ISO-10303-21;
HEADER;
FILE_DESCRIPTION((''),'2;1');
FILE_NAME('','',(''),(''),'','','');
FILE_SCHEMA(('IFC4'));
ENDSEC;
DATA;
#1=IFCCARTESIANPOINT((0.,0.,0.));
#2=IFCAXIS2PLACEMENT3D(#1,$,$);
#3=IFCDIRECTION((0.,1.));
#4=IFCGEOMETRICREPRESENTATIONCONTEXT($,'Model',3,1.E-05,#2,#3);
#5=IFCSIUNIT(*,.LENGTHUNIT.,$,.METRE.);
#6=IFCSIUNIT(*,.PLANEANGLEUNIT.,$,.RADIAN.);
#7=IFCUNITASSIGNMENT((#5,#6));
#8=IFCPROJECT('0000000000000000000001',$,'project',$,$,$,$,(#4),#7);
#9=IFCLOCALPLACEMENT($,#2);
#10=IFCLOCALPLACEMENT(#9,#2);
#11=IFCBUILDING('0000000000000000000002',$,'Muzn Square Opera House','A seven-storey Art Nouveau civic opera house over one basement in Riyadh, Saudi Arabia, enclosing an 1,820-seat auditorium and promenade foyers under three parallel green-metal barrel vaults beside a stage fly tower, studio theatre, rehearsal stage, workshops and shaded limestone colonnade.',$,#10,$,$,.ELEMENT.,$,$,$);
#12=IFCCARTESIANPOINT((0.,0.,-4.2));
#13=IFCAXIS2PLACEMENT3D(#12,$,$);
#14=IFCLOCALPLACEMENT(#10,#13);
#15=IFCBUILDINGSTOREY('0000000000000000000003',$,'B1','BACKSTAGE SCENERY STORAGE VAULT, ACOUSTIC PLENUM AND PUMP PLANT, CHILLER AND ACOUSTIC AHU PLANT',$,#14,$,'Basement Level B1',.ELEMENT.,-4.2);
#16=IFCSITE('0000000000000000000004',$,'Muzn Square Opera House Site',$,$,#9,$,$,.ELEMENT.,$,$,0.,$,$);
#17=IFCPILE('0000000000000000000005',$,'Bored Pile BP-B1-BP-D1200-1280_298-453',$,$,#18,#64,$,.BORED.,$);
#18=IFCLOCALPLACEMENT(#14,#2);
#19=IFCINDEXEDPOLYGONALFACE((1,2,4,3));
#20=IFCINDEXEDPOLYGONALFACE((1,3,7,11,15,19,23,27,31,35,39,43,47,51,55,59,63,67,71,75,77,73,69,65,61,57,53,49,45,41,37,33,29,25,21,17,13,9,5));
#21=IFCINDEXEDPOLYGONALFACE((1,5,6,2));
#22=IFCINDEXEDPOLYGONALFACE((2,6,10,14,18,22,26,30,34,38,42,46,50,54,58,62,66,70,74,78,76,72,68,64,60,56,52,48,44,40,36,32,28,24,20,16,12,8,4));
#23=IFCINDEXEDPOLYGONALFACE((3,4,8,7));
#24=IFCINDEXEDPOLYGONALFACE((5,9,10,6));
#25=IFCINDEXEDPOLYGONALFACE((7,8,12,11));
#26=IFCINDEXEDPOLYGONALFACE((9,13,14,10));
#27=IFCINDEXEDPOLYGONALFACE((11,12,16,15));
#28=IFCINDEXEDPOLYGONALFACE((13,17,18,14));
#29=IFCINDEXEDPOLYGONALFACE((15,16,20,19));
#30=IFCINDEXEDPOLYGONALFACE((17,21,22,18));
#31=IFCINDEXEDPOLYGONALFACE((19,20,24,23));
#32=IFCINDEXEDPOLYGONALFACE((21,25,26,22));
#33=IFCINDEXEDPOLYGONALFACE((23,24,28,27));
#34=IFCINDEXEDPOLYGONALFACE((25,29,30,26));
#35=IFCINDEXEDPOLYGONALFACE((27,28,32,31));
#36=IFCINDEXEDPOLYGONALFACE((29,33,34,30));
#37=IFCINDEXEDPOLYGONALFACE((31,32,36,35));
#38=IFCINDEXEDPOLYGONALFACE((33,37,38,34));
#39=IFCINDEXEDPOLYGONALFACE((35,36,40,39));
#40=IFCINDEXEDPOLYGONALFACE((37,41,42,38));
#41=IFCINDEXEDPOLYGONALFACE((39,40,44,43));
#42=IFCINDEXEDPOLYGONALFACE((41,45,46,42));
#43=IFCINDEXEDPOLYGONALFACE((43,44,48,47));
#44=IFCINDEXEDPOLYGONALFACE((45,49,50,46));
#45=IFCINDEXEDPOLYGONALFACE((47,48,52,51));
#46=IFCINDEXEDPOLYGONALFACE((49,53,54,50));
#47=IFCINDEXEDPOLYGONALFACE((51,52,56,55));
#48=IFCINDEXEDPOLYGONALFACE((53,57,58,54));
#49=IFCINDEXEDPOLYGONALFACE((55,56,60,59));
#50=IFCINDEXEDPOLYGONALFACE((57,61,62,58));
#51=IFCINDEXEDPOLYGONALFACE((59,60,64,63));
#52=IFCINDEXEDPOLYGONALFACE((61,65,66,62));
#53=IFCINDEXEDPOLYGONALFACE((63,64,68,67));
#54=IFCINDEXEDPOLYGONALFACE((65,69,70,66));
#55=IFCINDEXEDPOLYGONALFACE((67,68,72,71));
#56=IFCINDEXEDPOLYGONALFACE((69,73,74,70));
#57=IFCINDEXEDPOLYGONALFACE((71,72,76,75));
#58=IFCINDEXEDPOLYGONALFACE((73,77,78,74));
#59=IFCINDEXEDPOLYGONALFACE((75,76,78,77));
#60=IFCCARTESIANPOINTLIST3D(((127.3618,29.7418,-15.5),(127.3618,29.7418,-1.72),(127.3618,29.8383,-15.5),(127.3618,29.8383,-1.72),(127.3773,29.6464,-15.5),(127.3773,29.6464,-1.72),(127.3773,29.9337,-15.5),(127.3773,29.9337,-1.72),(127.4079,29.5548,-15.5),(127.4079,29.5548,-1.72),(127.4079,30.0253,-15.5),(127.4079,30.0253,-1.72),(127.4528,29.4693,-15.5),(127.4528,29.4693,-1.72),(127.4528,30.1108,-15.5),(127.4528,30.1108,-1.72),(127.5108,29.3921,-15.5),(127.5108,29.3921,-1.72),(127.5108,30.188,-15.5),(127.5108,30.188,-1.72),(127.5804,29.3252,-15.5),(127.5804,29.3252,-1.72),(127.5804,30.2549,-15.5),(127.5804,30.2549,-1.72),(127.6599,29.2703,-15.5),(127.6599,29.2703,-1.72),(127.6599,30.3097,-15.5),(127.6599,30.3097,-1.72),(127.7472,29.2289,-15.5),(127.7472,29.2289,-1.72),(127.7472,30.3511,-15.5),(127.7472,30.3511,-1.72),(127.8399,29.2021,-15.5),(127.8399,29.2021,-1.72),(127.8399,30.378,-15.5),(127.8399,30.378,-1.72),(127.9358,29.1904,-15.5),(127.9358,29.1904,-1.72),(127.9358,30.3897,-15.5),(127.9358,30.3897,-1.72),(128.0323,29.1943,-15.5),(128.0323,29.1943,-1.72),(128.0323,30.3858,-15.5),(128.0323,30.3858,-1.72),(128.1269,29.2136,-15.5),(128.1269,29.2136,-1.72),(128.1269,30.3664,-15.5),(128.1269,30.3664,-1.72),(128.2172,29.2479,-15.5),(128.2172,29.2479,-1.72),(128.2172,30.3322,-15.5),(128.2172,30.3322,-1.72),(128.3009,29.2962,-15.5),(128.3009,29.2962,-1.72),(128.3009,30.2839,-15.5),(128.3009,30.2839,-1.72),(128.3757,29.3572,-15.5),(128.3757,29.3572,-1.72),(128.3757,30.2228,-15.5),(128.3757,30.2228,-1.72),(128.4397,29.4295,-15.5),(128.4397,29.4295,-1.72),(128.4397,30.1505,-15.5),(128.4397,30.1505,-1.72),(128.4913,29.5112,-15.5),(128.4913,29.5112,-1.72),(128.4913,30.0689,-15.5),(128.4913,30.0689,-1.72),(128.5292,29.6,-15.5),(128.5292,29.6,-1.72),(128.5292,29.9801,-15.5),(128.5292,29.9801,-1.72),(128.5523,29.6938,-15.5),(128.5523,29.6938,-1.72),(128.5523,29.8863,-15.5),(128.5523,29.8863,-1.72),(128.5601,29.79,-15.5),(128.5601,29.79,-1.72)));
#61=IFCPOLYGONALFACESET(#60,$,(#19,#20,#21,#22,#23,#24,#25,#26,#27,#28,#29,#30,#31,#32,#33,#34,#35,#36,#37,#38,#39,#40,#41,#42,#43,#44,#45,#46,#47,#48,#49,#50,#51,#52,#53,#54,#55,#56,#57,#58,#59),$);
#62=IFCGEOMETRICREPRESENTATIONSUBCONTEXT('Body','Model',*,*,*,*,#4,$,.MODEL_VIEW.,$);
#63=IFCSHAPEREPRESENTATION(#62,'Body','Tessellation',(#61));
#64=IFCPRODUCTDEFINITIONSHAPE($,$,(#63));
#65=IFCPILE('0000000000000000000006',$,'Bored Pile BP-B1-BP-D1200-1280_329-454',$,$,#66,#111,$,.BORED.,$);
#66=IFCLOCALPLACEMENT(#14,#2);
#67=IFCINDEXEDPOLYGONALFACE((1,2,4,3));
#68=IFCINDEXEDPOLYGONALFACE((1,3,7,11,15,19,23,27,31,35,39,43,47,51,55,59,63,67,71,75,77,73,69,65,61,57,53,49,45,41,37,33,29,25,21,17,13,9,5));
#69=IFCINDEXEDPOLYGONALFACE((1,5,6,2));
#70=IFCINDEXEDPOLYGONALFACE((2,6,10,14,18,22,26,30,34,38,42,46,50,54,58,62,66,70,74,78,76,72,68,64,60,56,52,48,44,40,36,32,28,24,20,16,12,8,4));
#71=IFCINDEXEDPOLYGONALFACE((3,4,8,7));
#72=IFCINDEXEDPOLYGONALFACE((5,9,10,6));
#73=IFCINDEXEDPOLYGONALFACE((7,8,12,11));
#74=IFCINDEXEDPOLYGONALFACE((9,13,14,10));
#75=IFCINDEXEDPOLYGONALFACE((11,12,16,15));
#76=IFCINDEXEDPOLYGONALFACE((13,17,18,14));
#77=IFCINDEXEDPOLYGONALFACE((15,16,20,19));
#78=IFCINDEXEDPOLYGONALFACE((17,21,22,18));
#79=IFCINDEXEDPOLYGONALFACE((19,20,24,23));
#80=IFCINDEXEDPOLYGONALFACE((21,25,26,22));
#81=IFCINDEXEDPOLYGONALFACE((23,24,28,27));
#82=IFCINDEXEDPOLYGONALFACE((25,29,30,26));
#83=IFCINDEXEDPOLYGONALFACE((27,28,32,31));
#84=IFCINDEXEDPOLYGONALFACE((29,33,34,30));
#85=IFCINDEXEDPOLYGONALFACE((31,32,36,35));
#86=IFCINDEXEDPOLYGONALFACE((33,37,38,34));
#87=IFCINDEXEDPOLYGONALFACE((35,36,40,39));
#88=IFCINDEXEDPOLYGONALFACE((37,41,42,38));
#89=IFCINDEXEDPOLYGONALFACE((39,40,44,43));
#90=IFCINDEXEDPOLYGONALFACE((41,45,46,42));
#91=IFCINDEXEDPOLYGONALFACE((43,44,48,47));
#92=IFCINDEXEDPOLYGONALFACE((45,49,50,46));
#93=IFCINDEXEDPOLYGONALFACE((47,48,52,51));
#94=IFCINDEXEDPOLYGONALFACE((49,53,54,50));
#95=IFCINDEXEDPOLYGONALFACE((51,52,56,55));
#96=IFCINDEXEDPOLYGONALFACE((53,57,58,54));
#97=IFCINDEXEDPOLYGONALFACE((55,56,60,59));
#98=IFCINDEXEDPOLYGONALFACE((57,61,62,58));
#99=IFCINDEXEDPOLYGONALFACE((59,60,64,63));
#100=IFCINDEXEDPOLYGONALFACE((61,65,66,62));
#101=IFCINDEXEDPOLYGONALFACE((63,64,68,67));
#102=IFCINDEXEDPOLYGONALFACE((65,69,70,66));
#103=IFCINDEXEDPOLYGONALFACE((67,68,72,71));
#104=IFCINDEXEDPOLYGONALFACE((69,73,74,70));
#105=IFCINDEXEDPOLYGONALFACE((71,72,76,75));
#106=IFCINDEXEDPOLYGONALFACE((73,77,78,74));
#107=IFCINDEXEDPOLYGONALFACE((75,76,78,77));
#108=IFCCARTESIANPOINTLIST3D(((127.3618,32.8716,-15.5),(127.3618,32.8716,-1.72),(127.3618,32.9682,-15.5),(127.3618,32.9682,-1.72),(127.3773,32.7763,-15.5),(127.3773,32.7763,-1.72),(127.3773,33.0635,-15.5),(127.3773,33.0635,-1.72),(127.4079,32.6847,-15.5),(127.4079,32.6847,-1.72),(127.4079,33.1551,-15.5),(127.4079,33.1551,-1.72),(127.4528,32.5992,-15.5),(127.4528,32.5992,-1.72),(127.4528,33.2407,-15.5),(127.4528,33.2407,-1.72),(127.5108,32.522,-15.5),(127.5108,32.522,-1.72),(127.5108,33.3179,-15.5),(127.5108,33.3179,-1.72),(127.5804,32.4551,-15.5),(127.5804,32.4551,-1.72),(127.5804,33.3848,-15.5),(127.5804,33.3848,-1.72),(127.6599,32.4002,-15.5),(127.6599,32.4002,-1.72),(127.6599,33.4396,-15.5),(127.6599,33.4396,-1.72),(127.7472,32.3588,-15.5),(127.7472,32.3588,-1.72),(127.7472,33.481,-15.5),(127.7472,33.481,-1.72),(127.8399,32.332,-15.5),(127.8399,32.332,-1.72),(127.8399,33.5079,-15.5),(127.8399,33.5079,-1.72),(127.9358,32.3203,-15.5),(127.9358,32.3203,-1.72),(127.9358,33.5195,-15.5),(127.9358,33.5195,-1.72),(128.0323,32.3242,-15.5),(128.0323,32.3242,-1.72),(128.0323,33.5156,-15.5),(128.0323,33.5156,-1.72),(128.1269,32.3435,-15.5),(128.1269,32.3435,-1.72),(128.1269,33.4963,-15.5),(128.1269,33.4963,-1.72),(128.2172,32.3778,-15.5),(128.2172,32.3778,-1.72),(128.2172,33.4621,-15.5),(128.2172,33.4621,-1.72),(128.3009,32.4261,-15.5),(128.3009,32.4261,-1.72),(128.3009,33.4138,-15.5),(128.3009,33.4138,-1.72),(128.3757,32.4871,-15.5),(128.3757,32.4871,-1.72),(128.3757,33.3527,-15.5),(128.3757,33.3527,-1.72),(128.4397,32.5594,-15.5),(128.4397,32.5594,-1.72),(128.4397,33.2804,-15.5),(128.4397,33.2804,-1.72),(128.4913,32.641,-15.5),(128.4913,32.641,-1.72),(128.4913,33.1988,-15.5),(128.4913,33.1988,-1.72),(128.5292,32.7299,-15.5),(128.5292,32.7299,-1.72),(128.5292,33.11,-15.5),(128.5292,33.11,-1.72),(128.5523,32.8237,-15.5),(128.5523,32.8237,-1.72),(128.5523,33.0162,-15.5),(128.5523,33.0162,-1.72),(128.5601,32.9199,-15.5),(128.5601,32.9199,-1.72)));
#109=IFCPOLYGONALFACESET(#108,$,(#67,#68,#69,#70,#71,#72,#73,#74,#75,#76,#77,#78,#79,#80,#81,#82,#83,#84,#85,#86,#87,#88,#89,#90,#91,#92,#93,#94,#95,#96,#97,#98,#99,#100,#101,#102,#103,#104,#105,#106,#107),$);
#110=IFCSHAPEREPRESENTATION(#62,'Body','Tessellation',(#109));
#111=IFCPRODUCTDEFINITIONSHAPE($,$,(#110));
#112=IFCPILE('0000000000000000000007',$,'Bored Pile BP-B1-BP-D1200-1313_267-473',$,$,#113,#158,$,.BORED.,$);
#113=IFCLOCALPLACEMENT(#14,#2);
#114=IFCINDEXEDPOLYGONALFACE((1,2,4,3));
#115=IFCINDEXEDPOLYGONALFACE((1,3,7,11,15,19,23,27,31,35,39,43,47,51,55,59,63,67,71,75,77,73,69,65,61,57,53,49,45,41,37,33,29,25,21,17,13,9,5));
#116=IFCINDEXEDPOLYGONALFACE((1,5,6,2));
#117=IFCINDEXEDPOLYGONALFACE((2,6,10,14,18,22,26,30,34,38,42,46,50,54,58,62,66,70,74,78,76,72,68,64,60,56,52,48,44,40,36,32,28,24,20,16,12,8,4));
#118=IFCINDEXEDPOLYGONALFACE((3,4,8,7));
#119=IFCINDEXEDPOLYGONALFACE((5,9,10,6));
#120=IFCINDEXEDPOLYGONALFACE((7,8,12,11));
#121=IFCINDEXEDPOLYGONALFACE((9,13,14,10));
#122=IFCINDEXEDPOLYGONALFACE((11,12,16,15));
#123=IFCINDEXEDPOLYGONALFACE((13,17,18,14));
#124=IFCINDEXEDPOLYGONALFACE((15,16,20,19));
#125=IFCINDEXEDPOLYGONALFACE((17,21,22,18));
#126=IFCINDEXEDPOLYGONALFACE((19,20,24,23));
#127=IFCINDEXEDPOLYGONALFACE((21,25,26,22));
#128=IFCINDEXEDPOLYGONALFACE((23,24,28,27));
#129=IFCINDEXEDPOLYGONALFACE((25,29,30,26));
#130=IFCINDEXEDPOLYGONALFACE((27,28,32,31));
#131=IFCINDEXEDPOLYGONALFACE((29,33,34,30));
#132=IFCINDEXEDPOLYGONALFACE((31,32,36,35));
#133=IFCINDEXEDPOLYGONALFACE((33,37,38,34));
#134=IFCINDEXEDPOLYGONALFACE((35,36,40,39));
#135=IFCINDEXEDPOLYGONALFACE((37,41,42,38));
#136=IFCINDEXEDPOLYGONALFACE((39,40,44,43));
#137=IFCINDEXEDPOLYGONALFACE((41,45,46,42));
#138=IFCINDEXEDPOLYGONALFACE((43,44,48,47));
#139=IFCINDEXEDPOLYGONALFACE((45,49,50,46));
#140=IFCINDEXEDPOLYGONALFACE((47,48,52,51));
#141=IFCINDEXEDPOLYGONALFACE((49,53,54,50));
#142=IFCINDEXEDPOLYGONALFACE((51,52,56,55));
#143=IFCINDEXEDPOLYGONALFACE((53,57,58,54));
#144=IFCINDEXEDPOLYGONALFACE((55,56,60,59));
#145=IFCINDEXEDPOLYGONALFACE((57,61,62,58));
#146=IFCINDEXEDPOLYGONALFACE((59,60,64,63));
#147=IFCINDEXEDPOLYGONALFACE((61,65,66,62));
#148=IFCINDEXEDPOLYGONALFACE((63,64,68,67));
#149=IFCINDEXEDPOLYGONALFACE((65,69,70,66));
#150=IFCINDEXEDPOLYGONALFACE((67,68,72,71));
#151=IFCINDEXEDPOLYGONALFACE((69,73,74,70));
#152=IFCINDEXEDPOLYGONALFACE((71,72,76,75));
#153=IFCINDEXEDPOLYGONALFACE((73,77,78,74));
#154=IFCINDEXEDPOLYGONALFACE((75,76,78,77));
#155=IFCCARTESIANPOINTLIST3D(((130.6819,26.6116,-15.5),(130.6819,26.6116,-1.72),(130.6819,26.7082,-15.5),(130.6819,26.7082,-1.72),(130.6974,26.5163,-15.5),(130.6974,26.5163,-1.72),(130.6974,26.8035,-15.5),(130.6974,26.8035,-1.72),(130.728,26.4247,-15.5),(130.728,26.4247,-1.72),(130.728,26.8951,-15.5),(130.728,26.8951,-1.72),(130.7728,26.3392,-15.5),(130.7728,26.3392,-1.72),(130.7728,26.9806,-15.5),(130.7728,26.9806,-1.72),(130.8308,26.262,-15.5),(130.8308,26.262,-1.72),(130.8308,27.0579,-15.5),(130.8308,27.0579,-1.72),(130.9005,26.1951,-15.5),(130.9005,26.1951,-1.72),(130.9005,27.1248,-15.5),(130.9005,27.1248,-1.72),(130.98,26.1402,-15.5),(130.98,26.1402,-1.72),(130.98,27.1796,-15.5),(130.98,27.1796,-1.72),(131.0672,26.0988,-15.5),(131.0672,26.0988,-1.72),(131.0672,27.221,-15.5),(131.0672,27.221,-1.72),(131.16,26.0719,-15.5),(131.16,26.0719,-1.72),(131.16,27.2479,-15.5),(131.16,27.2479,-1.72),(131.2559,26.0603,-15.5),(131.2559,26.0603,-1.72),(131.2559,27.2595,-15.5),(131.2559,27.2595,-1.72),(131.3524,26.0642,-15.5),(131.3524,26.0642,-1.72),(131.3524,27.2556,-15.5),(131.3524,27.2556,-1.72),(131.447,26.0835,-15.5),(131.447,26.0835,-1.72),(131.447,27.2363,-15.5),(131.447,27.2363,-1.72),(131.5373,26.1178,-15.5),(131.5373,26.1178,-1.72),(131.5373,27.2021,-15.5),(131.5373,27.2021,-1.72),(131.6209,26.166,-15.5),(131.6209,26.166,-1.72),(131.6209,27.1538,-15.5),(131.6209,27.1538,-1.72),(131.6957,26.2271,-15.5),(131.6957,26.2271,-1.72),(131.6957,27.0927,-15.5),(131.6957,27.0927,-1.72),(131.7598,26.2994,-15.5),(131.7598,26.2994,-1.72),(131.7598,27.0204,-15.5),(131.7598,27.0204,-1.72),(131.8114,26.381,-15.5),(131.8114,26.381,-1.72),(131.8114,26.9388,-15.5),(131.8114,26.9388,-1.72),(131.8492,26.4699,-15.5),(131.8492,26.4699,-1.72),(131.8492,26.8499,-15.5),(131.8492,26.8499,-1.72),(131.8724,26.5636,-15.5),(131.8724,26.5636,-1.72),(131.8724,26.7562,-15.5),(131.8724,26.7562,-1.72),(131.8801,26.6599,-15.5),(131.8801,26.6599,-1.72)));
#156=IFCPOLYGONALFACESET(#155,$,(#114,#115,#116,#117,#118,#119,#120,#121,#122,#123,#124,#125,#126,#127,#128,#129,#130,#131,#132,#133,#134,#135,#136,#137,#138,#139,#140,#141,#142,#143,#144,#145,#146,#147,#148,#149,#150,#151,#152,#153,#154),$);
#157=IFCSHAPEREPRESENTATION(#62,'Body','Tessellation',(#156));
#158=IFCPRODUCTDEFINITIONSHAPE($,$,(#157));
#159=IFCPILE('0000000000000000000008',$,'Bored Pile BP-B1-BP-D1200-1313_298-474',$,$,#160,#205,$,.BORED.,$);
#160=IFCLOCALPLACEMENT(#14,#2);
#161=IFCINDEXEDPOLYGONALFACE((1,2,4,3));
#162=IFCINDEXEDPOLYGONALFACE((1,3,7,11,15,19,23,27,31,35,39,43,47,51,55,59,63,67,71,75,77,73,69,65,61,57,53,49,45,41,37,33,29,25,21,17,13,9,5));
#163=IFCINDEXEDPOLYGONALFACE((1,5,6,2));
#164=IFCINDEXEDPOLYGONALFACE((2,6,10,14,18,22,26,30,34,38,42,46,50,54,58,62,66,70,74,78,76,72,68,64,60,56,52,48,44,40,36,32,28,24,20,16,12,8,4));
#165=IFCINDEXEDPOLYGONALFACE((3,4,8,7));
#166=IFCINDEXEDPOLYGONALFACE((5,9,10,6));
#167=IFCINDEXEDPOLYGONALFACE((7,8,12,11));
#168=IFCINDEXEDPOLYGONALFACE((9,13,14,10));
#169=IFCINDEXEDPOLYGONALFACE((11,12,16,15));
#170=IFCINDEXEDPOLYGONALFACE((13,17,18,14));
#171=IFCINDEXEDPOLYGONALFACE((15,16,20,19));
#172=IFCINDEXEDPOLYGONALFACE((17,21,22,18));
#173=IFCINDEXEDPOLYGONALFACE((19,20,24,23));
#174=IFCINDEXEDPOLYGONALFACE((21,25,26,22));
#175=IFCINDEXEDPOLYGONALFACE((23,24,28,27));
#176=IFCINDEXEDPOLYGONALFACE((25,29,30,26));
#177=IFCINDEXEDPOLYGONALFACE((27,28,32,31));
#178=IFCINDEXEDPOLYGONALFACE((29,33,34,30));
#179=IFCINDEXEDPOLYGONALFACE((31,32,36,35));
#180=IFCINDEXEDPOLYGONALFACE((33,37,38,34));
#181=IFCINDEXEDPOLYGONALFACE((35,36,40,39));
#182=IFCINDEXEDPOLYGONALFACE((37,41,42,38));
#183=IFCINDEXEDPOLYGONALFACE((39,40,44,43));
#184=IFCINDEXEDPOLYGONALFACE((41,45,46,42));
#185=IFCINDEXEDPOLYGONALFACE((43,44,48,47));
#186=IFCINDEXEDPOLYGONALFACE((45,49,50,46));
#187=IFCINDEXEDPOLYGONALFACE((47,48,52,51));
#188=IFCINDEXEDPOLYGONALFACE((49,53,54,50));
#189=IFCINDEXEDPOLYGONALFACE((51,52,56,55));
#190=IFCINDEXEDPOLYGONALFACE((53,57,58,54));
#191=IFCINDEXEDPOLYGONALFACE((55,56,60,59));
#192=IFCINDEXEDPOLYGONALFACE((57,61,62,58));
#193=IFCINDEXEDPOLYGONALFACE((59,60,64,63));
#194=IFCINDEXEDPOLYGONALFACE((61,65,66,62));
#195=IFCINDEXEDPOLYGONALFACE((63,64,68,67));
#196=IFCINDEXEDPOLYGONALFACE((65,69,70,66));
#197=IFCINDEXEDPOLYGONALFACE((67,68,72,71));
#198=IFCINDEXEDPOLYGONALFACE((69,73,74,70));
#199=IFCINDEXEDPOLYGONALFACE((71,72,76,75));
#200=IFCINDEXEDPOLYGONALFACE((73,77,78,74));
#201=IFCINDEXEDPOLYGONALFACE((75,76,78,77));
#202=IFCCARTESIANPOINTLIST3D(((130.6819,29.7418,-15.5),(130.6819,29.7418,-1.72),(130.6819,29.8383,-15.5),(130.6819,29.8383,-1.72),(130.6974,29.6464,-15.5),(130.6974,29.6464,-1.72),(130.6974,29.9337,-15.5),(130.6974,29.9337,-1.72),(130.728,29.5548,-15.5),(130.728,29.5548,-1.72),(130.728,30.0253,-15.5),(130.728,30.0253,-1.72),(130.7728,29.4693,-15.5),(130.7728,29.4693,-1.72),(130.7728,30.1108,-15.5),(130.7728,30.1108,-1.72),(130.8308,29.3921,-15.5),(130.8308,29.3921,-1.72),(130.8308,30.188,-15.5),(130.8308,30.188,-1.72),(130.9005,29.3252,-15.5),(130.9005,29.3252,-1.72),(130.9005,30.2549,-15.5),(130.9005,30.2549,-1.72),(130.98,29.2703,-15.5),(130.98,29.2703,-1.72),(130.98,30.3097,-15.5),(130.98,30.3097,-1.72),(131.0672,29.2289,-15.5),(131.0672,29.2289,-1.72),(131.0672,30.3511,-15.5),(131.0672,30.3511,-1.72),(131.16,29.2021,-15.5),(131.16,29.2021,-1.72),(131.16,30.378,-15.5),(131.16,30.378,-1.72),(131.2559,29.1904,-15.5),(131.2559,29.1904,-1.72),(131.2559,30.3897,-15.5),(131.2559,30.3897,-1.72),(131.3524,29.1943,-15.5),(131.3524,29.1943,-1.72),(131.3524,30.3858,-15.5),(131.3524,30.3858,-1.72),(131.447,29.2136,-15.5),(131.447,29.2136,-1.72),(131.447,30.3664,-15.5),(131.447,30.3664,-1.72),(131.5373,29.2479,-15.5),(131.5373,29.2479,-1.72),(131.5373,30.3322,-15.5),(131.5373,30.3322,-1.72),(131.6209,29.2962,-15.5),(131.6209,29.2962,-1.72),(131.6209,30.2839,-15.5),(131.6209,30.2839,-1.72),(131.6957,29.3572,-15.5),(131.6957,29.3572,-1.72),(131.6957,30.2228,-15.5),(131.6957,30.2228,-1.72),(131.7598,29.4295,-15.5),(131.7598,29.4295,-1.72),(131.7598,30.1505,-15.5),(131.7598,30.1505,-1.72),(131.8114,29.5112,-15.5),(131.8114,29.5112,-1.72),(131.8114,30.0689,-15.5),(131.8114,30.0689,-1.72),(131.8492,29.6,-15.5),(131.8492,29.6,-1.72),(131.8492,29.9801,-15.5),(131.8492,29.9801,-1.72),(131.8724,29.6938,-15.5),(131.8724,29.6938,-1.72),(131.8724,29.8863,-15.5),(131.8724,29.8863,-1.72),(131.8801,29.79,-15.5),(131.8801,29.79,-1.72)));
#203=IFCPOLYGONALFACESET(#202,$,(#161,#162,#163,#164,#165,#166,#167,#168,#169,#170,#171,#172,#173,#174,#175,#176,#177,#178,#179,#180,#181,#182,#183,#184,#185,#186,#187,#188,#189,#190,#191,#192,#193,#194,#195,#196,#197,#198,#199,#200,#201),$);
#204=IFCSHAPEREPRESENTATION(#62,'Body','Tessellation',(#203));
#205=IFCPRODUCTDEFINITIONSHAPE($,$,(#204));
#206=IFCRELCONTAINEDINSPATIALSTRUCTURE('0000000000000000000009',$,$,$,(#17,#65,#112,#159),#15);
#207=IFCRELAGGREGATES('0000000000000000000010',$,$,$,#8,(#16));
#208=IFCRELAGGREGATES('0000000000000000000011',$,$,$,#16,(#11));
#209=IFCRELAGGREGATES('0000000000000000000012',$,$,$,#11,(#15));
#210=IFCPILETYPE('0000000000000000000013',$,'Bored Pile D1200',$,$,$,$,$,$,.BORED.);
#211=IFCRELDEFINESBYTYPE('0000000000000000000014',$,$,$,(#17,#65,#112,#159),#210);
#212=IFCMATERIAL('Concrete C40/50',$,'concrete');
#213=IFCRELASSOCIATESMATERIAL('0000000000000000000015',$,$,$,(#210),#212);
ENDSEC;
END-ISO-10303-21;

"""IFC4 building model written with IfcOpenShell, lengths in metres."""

from ifc_helpers import new_model, si_unit, direction, frame, origin, origin_2d, place, context, subcontext, project, spatial, circle, extrude, material, material_profile, profile_set, type_object, element, save


model = new_model("IFC4")

# Units and contexts
model_context = context("Model", 3, precision=1e-05, world=origin(), true_north=direction((0.0, 1.0)))
body_context = subcontext(model_context, "Body", "Model", "MODEL_VIEW")
ifc_project = project(units=[si_unit("LENGTHUNIT", "METRE"), si_unit("PLANEANGLEUNIT", "RADIAN")], contexts=[model_context])

# Site, building, storey
site_placement = place(None, origin())
site = spatial("IfcSite", under=ifc_project, at=site_placement, Name="Muzn Square Opera House Site", CompositionType="ELEMENT", RefElevation=0.0)
building_placement = place(site_placement, origin())
building = spatial("IfcBuilding", under=site, at=building_placement, Name="Muzn Square Opera House", Description="A seven-storey Art Nouveau civic opera house over one basement in Riyadh, Saudi Arabia, enclosing an 1,820-seat auditorium and promenade foyers under three parallel green-metal barrel vaults beside a stage fly tower, studio theatre, rehearsal stage, workshops and shaded limestone colonnade.", CompositionType="ELEMENT")
storey_placement = place(building_placement, frame((0.0, 0.0, -4.2)))
storey = spatial("IfcBuildingStorey", under=building, at=storey_placement, Name="B1", Description="BACKSTAGE SCENERY STORAGE VAULT, ACOUSTIC PLENUM AND PUMP PLANT, CHILLER AND ACOUSTIC AHU PLANT", LongName="Basement Level B1", CompositionType="ELEMENT", Elevation=-4.2)

# Piles
ifc_material_1 = material(Name="Concrete C40/50", Category="concrete")
ifc_material_profile_1 = material_profile(ifc_material_1, circle(Radius=0.6001, at=origin_2d()), Name="BORED PILE D1200", Category="concrete")
ifc_profile_set_1 = profile_set([ifc_material_profile_1], Name="Concrete C40/50")
pile_type = type_object("IfcPileType", Name="Bored Pile D1200", PredefinedType="BORED", material=ifc_profile_set_1)
for number, where, z_axis, x_axis, name in (
    (1, (127.96, 29.79, -1.72), (0.0, 0.0, -1.0), (1.0, 0.0, 0.0), "Bored Pile BP-B1-BP-D1200-1280_298-453"),
    (2, (127.96, 32.9199, -1.72), (0.0, 0.0, -1.0), (1.0, 0.0, 0.0), "Bored Pile BP-B1-BP-D1200-1280_329-454"),
    (3, (131.28, 26.6599, -1.72), (0.0, 0.0, -1.0), (1.0, 0.0, 0.0), "Bored Pile BP-B1-BP-D1200-1313_267-473"),
    (4, (131.28, 29.79, -1.72), (0.0, 0.0, -1.0), (1.0, 0.0, 0.0), "Bored Pile BP-B1-BP-D1200-1313_298-474"),
):
    element("IfcPile", number, at=place(storey_placement, frame(where, z_axis=z_axis, x_axis=x_axis)), inside=storey, type_object=pile_type, Name=name, PredefinedType="BORED", context=body_context, shape_type="SweptSolid", body=[
        extrude(circle(Radius=0.6001, at=origin_2d()), origin(), (0.0, 0.0, 1.0), 13.78),
    ])

save(model, "model.ifc")
